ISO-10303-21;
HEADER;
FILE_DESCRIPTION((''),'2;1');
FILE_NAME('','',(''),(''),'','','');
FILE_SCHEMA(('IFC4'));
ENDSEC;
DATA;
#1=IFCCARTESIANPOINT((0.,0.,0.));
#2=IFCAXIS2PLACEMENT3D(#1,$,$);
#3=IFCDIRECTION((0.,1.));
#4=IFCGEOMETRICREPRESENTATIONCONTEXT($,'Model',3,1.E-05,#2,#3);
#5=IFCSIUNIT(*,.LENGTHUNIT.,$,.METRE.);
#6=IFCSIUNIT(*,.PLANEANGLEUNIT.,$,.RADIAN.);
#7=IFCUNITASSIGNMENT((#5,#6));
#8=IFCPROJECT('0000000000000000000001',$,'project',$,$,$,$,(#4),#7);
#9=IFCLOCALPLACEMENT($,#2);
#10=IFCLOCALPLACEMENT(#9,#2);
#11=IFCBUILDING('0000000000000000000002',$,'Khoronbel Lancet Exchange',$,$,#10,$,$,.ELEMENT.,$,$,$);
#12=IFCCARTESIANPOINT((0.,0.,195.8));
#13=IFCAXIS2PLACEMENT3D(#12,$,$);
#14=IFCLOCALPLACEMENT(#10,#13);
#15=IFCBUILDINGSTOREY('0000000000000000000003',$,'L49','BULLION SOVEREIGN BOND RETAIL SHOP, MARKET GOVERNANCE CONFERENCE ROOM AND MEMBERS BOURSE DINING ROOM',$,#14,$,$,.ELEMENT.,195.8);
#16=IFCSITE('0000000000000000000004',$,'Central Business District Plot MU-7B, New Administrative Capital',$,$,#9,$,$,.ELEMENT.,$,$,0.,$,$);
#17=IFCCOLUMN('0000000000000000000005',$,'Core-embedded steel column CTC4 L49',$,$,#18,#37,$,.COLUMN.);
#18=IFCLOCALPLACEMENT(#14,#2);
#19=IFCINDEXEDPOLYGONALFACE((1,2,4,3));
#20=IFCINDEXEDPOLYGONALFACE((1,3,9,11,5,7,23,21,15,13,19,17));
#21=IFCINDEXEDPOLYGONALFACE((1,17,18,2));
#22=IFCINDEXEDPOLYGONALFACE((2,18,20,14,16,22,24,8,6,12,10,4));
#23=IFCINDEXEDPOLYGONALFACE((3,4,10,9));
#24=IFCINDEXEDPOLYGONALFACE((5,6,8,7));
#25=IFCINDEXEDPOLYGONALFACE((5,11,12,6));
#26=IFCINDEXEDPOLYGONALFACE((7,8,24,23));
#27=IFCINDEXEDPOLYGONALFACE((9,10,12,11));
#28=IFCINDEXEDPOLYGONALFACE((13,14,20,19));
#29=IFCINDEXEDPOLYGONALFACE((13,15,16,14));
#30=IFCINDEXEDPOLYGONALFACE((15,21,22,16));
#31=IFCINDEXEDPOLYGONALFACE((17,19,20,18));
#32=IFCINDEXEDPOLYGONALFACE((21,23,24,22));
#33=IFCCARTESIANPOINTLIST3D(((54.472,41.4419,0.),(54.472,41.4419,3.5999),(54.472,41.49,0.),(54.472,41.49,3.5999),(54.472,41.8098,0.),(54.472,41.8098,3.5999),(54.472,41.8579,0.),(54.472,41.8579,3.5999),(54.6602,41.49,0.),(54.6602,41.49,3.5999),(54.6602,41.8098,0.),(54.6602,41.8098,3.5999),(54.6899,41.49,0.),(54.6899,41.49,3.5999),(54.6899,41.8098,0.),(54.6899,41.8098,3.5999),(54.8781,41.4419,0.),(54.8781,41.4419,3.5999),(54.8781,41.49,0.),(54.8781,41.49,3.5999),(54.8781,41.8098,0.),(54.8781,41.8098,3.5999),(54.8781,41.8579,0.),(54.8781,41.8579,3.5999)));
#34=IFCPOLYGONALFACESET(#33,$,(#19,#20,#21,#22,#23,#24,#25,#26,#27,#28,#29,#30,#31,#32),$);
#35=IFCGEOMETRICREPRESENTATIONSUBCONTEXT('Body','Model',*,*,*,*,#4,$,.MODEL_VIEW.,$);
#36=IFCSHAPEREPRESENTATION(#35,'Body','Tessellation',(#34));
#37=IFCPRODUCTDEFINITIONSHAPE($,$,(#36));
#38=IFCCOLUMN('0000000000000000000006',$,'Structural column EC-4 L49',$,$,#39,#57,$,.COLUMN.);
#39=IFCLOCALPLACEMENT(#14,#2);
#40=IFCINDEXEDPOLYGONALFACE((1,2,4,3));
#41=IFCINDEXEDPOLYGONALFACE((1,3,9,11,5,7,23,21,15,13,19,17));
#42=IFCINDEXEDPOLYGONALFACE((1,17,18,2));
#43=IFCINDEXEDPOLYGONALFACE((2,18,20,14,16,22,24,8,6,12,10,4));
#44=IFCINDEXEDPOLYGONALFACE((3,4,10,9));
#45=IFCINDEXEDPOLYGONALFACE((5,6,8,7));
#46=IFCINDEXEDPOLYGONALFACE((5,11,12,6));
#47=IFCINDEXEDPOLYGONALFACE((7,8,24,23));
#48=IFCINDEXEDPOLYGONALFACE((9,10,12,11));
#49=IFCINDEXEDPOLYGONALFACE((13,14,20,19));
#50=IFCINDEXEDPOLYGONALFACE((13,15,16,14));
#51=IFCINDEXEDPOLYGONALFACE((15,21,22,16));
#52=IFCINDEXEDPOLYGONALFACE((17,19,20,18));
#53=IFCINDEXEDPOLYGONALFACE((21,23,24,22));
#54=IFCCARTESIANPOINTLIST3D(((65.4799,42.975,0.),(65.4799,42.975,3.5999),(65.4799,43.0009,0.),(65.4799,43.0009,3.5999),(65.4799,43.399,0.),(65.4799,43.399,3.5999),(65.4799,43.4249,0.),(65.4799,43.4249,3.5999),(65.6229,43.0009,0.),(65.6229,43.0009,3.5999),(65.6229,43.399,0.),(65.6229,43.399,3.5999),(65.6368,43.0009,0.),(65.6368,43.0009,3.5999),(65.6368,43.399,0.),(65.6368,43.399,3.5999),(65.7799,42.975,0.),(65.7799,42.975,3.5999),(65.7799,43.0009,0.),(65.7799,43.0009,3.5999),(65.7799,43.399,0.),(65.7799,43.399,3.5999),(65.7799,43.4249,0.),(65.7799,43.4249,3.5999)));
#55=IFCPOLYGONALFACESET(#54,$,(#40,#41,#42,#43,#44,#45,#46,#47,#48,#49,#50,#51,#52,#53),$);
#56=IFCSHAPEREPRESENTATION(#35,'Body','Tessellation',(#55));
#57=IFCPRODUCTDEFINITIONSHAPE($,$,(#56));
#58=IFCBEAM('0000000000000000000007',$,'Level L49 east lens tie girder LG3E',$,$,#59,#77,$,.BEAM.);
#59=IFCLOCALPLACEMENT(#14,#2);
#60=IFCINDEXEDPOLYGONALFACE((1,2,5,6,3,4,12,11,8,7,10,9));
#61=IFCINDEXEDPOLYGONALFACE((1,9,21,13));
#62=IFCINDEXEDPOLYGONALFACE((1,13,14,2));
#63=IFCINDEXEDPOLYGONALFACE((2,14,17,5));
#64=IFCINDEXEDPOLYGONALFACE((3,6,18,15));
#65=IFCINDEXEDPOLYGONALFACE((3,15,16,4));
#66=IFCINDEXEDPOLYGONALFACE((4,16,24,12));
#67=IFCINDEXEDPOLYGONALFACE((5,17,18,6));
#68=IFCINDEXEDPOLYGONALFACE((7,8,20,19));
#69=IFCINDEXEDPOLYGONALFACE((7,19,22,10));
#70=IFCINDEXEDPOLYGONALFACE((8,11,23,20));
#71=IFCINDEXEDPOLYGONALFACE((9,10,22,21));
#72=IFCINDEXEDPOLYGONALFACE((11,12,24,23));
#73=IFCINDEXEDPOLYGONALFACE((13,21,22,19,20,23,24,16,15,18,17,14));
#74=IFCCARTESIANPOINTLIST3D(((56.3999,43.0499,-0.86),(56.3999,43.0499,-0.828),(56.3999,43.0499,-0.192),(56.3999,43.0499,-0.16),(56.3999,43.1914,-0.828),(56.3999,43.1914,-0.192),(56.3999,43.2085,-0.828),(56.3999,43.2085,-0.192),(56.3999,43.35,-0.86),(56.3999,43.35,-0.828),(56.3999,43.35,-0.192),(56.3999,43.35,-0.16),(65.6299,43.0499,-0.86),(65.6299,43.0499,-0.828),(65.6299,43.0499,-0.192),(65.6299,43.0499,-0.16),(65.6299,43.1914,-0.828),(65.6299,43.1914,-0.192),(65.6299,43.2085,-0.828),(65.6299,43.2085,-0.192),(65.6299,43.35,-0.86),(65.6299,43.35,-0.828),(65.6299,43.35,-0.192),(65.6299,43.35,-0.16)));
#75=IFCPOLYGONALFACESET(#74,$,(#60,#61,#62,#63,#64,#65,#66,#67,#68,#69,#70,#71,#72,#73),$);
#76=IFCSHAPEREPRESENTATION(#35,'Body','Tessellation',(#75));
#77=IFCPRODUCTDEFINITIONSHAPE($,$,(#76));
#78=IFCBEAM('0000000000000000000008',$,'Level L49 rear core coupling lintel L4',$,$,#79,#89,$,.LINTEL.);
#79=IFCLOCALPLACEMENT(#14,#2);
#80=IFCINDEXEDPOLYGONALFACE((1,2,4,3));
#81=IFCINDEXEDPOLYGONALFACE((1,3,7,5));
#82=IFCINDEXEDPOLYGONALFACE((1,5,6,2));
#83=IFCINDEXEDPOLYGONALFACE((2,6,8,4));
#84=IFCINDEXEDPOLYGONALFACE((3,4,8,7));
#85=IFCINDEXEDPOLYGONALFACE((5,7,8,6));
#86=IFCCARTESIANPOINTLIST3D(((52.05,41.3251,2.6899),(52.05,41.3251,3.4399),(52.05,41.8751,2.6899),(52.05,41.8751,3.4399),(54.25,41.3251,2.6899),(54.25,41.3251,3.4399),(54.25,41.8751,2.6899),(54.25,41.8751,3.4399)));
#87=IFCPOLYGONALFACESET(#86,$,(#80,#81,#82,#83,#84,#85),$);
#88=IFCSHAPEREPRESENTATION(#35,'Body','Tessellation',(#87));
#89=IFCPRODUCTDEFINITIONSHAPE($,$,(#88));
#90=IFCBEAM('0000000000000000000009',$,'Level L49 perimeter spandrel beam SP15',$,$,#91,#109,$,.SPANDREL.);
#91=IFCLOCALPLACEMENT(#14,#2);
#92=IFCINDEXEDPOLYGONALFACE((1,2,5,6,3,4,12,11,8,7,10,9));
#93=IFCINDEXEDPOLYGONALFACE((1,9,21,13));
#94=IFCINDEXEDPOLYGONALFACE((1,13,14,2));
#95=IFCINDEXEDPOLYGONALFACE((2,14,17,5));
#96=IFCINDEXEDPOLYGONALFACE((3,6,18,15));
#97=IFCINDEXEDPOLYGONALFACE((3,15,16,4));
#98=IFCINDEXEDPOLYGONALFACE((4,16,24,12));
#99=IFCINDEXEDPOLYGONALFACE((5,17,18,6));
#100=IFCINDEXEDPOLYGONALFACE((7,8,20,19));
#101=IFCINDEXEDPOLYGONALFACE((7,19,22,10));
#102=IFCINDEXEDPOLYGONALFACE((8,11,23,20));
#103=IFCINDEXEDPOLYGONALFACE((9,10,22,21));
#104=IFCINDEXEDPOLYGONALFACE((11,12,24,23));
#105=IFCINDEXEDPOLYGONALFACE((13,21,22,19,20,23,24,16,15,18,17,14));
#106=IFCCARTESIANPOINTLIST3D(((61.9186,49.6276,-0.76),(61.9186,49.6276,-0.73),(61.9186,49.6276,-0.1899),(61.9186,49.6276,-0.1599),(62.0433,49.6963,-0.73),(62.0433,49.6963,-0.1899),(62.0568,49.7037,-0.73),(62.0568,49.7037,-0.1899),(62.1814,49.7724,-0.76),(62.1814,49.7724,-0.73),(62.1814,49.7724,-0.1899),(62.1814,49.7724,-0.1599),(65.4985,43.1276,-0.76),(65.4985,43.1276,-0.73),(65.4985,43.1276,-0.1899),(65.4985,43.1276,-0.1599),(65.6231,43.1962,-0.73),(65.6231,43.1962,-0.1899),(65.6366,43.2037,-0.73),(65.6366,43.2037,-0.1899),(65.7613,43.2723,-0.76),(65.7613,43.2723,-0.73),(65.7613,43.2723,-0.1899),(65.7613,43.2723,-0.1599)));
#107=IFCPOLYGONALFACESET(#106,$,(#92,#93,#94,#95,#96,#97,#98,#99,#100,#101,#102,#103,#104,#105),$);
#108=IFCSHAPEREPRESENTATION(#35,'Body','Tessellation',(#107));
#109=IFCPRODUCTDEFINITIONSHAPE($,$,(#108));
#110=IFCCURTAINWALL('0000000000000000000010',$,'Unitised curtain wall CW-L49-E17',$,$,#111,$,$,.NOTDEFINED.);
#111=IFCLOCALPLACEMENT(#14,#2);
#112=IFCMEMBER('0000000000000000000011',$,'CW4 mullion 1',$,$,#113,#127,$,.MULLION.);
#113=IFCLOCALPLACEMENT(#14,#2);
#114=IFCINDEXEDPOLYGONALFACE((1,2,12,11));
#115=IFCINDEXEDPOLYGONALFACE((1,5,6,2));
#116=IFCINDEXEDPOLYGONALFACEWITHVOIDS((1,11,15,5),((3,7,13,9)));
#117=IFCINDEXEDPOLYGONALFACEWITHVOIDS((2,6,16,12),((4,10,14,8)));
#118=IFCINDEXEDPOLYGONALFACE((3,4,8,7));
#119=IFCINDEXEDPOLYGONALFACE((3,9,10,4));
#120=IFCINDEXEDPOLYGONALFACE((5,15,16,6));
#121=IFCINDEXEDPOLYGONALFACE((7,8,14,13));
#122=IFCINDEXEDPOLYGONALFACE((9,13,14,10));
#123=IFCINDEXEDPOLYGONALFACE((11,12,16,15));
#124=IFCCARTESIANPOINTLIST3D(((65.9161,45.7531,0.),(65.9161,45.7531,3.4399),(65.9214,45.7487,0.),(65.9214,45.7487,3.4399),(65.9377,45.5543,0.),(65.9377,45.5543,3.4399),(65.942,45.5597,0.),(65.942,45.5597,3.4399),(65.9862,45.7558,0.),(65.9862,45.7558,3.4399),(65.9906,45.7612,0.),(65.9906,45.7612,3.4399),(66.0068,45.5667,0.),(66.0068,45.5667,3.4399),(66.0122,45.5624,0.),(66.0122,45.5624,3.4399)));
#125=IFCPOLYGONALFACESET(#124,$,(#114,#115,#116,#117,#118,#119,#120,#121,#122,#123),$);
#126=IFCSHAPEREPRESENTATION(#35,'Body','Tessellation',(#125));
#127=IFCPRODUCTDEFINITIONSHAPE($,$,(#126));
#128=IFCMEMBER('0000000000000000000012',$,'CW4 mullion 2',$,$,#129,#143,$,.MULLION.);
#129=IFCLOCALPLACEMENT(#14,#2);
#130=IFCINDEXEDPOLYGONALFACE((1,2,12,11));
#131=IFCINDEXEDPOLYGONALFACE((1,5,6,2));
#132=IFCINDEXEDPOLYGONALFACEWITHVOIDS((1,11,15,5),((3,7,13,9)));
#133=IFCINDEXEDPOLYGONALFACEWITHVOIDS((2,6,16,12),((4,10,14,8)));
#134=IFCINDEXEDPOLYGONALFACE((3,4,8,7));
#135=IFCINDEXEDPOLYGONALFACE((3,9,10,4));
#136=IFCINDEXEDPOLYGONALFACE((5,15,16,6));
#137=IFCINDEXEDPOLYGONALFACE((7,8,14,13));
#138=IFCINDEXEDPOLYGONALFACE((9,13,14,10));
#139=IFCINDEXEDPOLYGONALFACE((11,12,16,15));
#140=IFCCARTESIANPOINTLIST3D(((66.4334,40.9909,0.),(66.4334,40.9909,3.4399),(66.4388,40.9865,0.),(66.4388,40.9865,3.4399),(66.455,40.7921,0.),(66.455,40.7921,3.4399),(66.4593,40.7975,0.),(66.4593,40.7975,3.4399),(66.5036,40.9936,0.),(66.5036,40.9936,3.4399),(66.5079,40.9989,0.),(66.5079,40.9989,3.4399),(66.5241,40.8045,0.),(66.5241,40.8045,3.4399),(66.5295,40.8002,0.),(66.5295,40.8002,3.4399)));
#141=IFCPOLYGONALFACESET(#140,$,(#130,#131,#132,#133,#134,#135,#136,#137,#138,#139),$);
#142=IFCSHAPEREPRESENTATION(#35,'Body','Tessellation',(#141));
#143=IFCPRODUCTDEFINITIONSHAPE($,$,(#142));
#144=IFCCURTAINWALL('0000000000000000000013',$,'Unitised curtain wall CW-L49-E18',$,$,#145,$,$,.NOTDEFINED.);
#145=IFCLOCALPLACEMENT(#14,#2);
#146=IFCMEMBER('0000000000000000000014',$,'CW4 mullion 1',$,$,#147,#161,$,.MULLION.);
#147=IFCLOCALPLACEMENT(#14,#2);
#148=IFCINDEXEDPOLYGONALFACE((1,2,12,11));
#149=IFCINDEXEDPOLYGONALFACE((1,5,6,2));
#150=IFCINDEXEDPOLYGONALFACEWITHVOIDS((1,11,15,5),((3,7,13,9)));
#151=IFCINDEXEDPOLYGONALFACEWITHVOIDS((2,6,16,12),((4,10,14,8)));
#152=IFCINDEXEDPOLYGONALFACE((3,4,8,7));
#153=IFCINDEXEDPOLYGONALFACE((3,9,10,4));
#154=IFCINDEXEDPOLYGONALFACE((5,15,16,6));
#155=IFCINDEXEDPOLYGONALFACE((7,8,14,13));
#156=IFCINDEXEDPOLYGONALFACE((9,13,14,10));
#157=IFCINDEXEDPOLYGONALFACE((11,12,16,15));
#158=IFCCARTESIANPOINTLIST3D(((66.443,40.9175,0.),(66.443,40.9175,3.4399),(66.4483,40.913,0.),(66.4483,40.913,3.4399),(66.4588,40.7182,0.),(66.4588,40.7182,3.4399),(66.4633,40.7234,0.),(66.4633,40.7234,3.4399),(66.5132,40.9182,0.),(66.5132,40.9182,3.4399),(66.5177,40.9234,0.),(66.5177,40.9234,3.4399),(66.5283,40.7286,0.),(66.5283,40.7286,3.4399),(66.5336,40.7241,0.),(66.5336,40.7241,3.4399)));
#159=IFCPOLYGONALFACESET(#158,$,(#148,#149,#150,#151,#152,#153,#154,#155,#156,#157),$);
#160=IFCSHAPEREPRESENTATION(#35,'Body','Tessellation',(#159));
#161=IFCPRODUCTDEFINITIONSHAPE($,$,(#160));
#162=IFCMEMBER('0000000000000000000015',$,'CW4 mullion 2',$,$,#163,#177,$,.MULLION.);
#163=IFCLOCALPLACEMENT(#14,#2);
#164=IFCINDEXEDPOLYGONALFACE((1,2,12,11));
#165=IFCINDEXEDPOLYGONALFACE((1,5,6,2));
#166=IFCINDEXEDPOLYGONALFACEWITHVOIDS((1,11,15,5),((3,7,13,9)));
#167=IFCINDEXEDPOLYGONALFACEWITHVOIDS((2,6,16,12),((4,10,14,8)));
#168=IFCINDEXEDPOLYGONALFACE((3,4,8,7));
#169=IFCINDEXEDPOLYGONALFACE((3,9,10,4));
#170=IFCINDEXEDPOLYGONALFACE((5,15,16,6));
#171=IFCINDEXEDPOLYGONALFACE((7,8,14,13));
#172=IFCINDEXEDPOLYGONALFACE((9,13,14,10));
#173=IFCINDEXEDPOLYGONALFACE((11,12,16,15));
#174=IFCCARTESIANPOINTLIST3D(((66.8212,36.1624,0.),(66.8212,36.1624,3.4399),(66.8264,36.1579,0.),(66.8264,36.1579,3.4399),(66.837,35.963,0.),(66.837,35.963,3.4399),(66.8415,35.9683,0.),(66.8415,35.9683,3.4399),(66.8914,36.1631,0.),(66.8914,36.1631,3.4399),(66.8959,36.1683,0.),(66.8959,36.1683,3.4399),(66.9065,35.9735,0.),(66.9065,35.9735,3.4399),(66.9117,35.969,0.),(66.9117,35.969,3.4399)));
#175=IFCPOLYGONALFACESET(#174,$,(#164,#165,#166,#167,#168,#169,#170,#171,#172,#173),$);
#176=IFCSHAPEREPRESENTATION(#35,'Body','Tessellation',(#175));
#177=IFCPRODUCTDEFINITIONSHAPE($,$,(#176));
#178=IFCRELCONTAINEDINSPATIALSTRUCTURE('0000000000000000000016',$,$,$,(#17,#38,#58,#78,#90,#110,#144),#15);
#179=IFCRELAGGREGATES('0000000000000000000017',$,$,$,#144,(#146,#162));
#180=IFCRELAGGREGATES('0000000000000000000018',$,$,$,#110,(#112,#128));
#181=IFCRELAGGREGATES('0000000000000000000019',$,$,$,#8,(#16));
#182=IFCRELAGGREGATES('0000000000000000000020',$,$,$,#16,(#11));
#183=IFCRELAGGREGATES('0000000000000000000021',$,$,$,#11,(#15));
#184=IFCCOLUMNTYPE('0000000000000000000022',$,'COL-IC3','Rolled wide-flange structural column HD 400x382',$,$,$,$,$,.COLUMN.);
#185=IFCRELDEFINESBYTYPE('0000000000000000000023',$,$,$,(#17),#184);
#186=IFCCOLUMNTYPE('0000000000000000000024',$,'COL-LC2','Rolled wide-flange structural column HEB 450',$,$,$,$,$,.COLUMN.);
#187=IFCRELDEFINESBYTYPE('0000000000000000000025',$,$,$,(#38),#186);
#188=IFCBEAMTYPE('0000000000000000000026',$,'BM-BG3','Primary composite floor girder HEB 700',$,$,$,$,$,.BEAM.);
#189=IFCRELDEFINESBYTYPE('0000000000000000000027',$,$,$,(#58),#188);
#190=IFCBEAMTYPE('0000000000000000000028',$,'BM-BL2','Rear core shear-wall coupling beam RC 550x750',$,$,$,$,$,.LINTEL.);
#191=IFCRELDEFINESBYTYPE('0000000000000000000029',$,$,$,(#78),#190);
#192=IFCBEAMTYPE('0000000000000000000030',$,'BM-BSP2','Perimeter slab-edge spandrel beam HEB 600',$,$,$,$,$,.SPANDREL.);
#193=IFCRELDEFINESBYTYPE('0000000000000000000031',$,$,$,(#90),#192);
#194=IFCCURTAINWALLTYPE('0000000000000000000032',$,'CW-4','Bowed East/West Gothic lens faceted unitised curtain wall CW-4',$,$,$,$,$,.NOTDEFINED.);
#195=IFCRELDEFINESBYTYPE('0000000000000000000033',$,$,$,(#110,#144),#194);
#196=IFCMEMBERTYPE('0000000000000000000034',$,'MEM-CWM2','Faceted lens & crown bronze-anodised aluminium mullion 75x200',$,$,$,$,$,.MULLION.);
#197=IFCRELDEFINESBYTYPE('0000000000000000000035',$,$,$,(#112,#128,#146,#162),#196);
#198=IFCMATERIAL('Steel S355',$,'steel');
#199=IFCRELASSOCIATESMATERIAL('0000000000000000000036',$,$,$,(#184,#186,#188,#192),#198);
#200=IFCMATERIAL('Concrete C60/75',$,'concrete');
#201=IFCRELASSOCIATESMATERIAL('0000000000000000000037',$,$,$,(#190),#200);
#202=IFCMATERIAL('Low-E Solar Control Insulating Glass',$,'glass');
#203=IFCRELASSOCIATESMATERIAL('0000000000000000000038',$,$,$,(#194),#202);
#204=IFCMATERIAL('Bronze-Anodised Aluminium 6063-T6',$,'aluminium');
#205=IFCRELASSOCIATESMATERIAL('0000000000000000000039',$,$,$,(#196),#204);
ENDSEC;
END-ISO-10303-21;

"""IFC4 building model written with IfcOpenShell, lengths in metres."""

from ifc_helpers import new_model, si_unit, direction, frame, origin, origin_2d, place, context, subcontext, project, spatial, rectangle, hollow_rectangle, i_section, extrude, material, material_profile, profile_set, type_object, element, aggregate, save


model = new_model("IFC4")

# Units and contexts
model_context = context("Model", 3, precision=1e-05, world=origin(), true_north=direction((0.0, 1.0)))
body_context = subcontext(model_context, "Body", "Model", "MODEL_VIEW")
ifc_project = project(units=[si_unit("LENGTHUNIT", "METRE"), si_unit("PLANEANGLEUNIT", "RADIAN")], contexts=[model_context])

# Site, building, storey
site_placement = place(None, origin())
site = spatial("IfcSite", under=ifc_project, at=site_placement, Name="Central Business District Plot MU-7B, New Administrative Capital", CompositionType="ELEMENT", RefElevation=0.0)
building_placement = place(site_placement, origin())
building = spatial("IfcBuilding", under=site, at=building_placement, Name="Khoronbel Lancet Exchange", CompositionType="ELEMENT")
storey_placement = place(building_placement, frame((0.0, 0.0, 195.8)))
storey = spatial("IfcBuildingStorey", under=building, at=storey_placement, Name="L49", Description="BULLION SOVEREIGN BOND RETAIL SHOP, MARKET GOVERNANCE CONFERENCE ROOM AND MEMBERS BOURSE DINING ROOM", CompositionType="ELEMENT", Elevation=195.8)

# Columns
ifc_material_1 = material(Name="Steel S355", Category="steel")
ifc_material_profile_1 = material_profile(ifc_material_1, i_section(OverallWidth=0.406, OverallDepth=0.416, WebThickness=0.0298, FlangeThickness=0.0481, at=origin_2d()), Name="HD 400x382")
ifc_profile_set_1 = profile_set([ifc_material_profile_1], Name="Steel S355")
column_type_1 = type_object("IfcColumnType", Name="COL-IC3", Description="Rolled wide-flange structural column HD 400x382", PredefinedType="COLUMN", material=ifc_profile_set_1)
column_1_placement = place(storey_placement, frame((54.675, 41.6499, 0.0), z_axis=(0.0, 0.0, 1.0), x_axis=(1.0, 0.0, 0.0)))
element("IfcColumn", 1, at=column_1_placement, inside=storey, type_object=column_type_1, Name="Core-embedded steel column CTC4 L49", PredefinedType="COLUMN", context=body_context, shape_type="SweptSolid", body=[
    extrude(i_section(OverallWidth=0.406, OverallDepth=0.416, WebThickness=0.0298, FlangeThickness=0.0481, at=origin_2d()), origin(), (0.0, 0.0, 1.0), 3.5999),
])
ifc_material_profile_2 = material_profile(ifc_material_1, i_section(OverallWidth=0.3, OverallDepth=0.45, WebThickness=0.0139, FlangeThickness=0.0259, at=origin_2d()), Name="HEB 450")
ifc_profile_set_2 = profile_set([ifc_material_profile_2], Name="Steel S355")
column_type_2 = type_object("IfcColumnType", Name="COL-LC2", Description="Rolled wide-flange structural column HEB 450", PredefinedType="COLUMN", material=ifc_profile_set_2)
column_2_placement = place(storey_placement, frame((65.6299, 43.2, 0.0), z_axis=(0.0, 0.0, 1.0), x_axis=(1.0, 0.0, 0.0)))
element("IfcColumn", 2, at=column_2_placement, inside=storey, type_object=column_type_2, Name="Structural column EC-4 L49", PredefinedType="COLUMN", context=body_context, shape_type="SweptSolid", body=[
    extrude(i_section(OverallWidth=0.3, OverallDepth=0.45, WebThickness=0.0139, FlangeThickness=0.0259, at=origin_2d()), origin(), (0.0, 0.0, 1.0), 3.5999),
])

# Beams
ifc_material_profile_3 = material_profile(ifc_material_1, i_section(OverallWidth=0.3, OverallDepth=0.7, WebThickness=0.0171, FlangeThickness=0.032, at=origin_2d()), Name="HEB 700")
ifc_profile_set_3 = profile_set([ifc_material_profile_3], Name="Steel S355")
beam_type_1 = type_object("IfcBeamType", Name="BM-BG3", Description="Primary composite floor girder HEB 700", PredefinedType="BEAM", material=ifc_profile_set_3)
beam_1_placement = place(storey_placement, frame((56.3999, 43.2, -0.51), z_axis=(1.0, 0.0, 0.0), x_axis=(0.0, 1.0, 0.0)))
element("IfcBeam", 3, at=beam_1_placement, inside=storey, type_object=beam_type_1, Name="Level L49 east lens tie girder LG3E", PredefinedType="BEAM", context=body_context, shape_type="SweptSolid", body=[
    extrude(i_section(OverallWidth=0.3, OverallDepth=0.7, WebThickness=0.0171, FlangeThickness=0.032, at=origin_2d()), origin(), (0.0, 0.0, 1.0), 9.23),
])
ifc_material_2 = material(Name="Concrete C60/75", Category="concrete")
ifc_material_profile_4 = material_profile(ifc_material_2, rectangle(XDim=0.55, YDim=0.75, at=origin_2d()), Name="RC 550x750")
ifc_profile_set_4 = profile_set([ifc_material_profile_4], Name="Concrete C60/75")
beam_type_2 = type_object("IfcBeamType", Name="BM-BL2", Description="Rear core shear-wall coupling beam RC 550x750", PredefinedType="LINTEL", material=ifc_profile_set_4)
beam_2_placement = place(storey_placement, frame((52.05, 41.6001, 3.0649), z_axis=(1.0, 0.0, 0.0), x_axis=(0.0, 1.0, 0.0)))
element("IfcBeam", 4, at=beam_2_placement, inside=storey, type_object=beam_type_2, Name="Level L49 rear core coupling lintel L4", PredefinedType="LINTEL", context=body_context, shape_type="SweptSolid", body=[
    extrude(rectangle(XDim=0.55, YDim=0.75, at=origin_2d()), origin(), (0.0, 0.0, 1.0), 2.2),
])
ifc_material_profile_5 = material_profile(ifc_material_1, i_section(OverallWidth=0.3, OverallDepth=0.6001, WebThickness=0.0154, FlangeThickness=0.03, at=origin_2d()), Name="HEB 600")
ifc_profile_set_5 = profile_set([ifc_material_profile_5], Name="Steel S355")
beam_type_3 = type_object("IfcBeamType", Name="BM-BSP2", Description="Perimeter slab-edge spandrel beam HEB 600", PredefinedType="SPANDREL", material=ifc_profile_set_5)
beam_3_placement = place(storey_placement, frame((65.6299, 43.2, -0.46), z_axis=(-0.482419, 0.875941, 0.0), x_axis=(-0.875941, -0.482419, 0.0)))
element("IfcBeam", 5, at=beam_3_placement, inside=storey, type_object=beam_type_3, Name="Level L49 perimeter spandrel beam SP15", PredefinedType="SPANDREL", context=body_context, shape_type="SweptSolid", body=[
    extrude(i_section(OverallWidth=0.3, OverallDepth=0.6001, WebThickness=0.0154, FlangeThickness=0.03, at=origin_2d()), origin(), (0.0, 0.0, 1.0), 7.4207),
])

# Curtain walls, members
ifc_material_3 = material(Name="Low-E Solar Control Insulating Glass", Category="glass")
curtain_wall_type = type_object("IfcCurtainWallType", Name="CW-4", Description="Bowed East/West Gothic lens faceted unitised curtain wall CW-4", PredefinedType="NOTDEFINED", material=ifc_material_3)
curtain_wall_1_placement = place(storey_placement, origin())
curtain_wall_1 = element("IfcCurtainWall", 6, at=curtain_wall_1_placement, inside=storey, type_object=curtain_wall_type, Name="Unitised curtain wall CW-L49-E17", PredefinedType="NOTDEFINED")
ifc_material_4 = material(Name="Bronze-Anodised Aluminium 6063-T6", Category="aluminium")
ifc_material_profile_6 = material_profile(ifc_material_4, hollow_rectangle(XDim=0.075, YDim=0.2, WallThickness=0.0049, at=origin_2d()), Name="ALU MULLION 75x200")
ifc_profile_set_6 = profile_set([ifc_material_profile_6], Name="Bronze-Anodised Aluminium 6063-T6")
member_type_1 = type_object("IfcMemberType", Name="MEM-CWM2", Description="Faceted lens & crown bronze-anodised aluminium mullion 75x200", PredefinedType="MULLION", material=ifc_profile_set_6)
member_1_placement = place(storey_placement, frame((65.9641, 45.6577, 0.0), z_axis=(0.0, 0.0, 1.0), x_axis=(0.994152, 0.10799, 0.0)))
member_1 = element("IfcMember", 7, at=member_1_placement, type_object=member_type_1, Name="CW4 mullion 1", PredefinedType="MULLION", context=body_context, shape_type="SweptSolid", body=[
    extrude(hollow_rectangle(XDim=0.075, YDim=0.2, WallThickness=0.0049, at=origin_2d()), origin(), (0.0, 0.0, 1.0), 3.4399),
])
member_2_placement = place(storey_placement, frame((66.4814, 40.8955, 0.0), z_axis=(0.0, 0.0, 1.0), x_axis=(0.994152, 0.10799, 0.0)))
member_2 = element("IfcMember", 8, at=member_2_placement, type_object=member_type_1, Name="CW4 mullion 2", PredefinedType="MULLION", context=body_context, shape_type="SweptSolid", body=[
    extrude(hollow_rectangle(XDim=0.075, YDim=0.2, WallThickness=0.0049, at=origin_2d()), origin(), (0.0, 0.0, 1.0), 3.4399),
])
curtain_wall_2_placement = place(storey_placement, origin())
curtain_wall_2 = element("IfcCurtainWall", 9, at=curtain_wall_2_placement, inside=storey, type_object=curtain_wall_type, Name="Unitised curtain wall CW-L49-E18", PredefinedType="NOTDEFINED")
member_3_placement = place(storey_placement, frame((66.4883, 40.8208, 0.0), z_axis=(0.0, 0.0, 1.0), x_axis=(0.996854, 0.079255, 0.0)))
member_3 = element("IfcMember", 10, at=member_3_placement, type_object=member_type_1, Name="CW4 mullion 1", PredefinedType="MULLION", context=body_context, shape_type="SweptSolid", body=[
    extrude(hollow_rectangle(XDim=0.075, YDim=0.2, WallThickness=0.0049, at=origin_2d()), origin(), (0.0, 0.0, 1.0), 3.4399),
])
member_4_placement = place(storey_placement, frame((66.8665, 36.0657, 0.0), z_axis=(0.0, 0.0, 1.0), x_axis=(0.996854, 0.079255, 0.0)))
member_4 = element("IfcMember", 11, at=member_4_placement, type_object=member_type_1, Name="CW4 mullion 2", PredefinedType="MULLION", context=body_context, shape_type="SweptSolid", body=[
    extrude(hollow_rectangle(XDim=0.075, YDim=0.2, WallThickness=0.0049, at=origin_2d()), origin(), (0.0, 0.0, 1.0), 3.4399),
])

aggregate(curtain_wall_2, [member_3, member_4])
aggregate(curtain_wall_1, [member_1, member_2])

save(model, "model.ifc")
